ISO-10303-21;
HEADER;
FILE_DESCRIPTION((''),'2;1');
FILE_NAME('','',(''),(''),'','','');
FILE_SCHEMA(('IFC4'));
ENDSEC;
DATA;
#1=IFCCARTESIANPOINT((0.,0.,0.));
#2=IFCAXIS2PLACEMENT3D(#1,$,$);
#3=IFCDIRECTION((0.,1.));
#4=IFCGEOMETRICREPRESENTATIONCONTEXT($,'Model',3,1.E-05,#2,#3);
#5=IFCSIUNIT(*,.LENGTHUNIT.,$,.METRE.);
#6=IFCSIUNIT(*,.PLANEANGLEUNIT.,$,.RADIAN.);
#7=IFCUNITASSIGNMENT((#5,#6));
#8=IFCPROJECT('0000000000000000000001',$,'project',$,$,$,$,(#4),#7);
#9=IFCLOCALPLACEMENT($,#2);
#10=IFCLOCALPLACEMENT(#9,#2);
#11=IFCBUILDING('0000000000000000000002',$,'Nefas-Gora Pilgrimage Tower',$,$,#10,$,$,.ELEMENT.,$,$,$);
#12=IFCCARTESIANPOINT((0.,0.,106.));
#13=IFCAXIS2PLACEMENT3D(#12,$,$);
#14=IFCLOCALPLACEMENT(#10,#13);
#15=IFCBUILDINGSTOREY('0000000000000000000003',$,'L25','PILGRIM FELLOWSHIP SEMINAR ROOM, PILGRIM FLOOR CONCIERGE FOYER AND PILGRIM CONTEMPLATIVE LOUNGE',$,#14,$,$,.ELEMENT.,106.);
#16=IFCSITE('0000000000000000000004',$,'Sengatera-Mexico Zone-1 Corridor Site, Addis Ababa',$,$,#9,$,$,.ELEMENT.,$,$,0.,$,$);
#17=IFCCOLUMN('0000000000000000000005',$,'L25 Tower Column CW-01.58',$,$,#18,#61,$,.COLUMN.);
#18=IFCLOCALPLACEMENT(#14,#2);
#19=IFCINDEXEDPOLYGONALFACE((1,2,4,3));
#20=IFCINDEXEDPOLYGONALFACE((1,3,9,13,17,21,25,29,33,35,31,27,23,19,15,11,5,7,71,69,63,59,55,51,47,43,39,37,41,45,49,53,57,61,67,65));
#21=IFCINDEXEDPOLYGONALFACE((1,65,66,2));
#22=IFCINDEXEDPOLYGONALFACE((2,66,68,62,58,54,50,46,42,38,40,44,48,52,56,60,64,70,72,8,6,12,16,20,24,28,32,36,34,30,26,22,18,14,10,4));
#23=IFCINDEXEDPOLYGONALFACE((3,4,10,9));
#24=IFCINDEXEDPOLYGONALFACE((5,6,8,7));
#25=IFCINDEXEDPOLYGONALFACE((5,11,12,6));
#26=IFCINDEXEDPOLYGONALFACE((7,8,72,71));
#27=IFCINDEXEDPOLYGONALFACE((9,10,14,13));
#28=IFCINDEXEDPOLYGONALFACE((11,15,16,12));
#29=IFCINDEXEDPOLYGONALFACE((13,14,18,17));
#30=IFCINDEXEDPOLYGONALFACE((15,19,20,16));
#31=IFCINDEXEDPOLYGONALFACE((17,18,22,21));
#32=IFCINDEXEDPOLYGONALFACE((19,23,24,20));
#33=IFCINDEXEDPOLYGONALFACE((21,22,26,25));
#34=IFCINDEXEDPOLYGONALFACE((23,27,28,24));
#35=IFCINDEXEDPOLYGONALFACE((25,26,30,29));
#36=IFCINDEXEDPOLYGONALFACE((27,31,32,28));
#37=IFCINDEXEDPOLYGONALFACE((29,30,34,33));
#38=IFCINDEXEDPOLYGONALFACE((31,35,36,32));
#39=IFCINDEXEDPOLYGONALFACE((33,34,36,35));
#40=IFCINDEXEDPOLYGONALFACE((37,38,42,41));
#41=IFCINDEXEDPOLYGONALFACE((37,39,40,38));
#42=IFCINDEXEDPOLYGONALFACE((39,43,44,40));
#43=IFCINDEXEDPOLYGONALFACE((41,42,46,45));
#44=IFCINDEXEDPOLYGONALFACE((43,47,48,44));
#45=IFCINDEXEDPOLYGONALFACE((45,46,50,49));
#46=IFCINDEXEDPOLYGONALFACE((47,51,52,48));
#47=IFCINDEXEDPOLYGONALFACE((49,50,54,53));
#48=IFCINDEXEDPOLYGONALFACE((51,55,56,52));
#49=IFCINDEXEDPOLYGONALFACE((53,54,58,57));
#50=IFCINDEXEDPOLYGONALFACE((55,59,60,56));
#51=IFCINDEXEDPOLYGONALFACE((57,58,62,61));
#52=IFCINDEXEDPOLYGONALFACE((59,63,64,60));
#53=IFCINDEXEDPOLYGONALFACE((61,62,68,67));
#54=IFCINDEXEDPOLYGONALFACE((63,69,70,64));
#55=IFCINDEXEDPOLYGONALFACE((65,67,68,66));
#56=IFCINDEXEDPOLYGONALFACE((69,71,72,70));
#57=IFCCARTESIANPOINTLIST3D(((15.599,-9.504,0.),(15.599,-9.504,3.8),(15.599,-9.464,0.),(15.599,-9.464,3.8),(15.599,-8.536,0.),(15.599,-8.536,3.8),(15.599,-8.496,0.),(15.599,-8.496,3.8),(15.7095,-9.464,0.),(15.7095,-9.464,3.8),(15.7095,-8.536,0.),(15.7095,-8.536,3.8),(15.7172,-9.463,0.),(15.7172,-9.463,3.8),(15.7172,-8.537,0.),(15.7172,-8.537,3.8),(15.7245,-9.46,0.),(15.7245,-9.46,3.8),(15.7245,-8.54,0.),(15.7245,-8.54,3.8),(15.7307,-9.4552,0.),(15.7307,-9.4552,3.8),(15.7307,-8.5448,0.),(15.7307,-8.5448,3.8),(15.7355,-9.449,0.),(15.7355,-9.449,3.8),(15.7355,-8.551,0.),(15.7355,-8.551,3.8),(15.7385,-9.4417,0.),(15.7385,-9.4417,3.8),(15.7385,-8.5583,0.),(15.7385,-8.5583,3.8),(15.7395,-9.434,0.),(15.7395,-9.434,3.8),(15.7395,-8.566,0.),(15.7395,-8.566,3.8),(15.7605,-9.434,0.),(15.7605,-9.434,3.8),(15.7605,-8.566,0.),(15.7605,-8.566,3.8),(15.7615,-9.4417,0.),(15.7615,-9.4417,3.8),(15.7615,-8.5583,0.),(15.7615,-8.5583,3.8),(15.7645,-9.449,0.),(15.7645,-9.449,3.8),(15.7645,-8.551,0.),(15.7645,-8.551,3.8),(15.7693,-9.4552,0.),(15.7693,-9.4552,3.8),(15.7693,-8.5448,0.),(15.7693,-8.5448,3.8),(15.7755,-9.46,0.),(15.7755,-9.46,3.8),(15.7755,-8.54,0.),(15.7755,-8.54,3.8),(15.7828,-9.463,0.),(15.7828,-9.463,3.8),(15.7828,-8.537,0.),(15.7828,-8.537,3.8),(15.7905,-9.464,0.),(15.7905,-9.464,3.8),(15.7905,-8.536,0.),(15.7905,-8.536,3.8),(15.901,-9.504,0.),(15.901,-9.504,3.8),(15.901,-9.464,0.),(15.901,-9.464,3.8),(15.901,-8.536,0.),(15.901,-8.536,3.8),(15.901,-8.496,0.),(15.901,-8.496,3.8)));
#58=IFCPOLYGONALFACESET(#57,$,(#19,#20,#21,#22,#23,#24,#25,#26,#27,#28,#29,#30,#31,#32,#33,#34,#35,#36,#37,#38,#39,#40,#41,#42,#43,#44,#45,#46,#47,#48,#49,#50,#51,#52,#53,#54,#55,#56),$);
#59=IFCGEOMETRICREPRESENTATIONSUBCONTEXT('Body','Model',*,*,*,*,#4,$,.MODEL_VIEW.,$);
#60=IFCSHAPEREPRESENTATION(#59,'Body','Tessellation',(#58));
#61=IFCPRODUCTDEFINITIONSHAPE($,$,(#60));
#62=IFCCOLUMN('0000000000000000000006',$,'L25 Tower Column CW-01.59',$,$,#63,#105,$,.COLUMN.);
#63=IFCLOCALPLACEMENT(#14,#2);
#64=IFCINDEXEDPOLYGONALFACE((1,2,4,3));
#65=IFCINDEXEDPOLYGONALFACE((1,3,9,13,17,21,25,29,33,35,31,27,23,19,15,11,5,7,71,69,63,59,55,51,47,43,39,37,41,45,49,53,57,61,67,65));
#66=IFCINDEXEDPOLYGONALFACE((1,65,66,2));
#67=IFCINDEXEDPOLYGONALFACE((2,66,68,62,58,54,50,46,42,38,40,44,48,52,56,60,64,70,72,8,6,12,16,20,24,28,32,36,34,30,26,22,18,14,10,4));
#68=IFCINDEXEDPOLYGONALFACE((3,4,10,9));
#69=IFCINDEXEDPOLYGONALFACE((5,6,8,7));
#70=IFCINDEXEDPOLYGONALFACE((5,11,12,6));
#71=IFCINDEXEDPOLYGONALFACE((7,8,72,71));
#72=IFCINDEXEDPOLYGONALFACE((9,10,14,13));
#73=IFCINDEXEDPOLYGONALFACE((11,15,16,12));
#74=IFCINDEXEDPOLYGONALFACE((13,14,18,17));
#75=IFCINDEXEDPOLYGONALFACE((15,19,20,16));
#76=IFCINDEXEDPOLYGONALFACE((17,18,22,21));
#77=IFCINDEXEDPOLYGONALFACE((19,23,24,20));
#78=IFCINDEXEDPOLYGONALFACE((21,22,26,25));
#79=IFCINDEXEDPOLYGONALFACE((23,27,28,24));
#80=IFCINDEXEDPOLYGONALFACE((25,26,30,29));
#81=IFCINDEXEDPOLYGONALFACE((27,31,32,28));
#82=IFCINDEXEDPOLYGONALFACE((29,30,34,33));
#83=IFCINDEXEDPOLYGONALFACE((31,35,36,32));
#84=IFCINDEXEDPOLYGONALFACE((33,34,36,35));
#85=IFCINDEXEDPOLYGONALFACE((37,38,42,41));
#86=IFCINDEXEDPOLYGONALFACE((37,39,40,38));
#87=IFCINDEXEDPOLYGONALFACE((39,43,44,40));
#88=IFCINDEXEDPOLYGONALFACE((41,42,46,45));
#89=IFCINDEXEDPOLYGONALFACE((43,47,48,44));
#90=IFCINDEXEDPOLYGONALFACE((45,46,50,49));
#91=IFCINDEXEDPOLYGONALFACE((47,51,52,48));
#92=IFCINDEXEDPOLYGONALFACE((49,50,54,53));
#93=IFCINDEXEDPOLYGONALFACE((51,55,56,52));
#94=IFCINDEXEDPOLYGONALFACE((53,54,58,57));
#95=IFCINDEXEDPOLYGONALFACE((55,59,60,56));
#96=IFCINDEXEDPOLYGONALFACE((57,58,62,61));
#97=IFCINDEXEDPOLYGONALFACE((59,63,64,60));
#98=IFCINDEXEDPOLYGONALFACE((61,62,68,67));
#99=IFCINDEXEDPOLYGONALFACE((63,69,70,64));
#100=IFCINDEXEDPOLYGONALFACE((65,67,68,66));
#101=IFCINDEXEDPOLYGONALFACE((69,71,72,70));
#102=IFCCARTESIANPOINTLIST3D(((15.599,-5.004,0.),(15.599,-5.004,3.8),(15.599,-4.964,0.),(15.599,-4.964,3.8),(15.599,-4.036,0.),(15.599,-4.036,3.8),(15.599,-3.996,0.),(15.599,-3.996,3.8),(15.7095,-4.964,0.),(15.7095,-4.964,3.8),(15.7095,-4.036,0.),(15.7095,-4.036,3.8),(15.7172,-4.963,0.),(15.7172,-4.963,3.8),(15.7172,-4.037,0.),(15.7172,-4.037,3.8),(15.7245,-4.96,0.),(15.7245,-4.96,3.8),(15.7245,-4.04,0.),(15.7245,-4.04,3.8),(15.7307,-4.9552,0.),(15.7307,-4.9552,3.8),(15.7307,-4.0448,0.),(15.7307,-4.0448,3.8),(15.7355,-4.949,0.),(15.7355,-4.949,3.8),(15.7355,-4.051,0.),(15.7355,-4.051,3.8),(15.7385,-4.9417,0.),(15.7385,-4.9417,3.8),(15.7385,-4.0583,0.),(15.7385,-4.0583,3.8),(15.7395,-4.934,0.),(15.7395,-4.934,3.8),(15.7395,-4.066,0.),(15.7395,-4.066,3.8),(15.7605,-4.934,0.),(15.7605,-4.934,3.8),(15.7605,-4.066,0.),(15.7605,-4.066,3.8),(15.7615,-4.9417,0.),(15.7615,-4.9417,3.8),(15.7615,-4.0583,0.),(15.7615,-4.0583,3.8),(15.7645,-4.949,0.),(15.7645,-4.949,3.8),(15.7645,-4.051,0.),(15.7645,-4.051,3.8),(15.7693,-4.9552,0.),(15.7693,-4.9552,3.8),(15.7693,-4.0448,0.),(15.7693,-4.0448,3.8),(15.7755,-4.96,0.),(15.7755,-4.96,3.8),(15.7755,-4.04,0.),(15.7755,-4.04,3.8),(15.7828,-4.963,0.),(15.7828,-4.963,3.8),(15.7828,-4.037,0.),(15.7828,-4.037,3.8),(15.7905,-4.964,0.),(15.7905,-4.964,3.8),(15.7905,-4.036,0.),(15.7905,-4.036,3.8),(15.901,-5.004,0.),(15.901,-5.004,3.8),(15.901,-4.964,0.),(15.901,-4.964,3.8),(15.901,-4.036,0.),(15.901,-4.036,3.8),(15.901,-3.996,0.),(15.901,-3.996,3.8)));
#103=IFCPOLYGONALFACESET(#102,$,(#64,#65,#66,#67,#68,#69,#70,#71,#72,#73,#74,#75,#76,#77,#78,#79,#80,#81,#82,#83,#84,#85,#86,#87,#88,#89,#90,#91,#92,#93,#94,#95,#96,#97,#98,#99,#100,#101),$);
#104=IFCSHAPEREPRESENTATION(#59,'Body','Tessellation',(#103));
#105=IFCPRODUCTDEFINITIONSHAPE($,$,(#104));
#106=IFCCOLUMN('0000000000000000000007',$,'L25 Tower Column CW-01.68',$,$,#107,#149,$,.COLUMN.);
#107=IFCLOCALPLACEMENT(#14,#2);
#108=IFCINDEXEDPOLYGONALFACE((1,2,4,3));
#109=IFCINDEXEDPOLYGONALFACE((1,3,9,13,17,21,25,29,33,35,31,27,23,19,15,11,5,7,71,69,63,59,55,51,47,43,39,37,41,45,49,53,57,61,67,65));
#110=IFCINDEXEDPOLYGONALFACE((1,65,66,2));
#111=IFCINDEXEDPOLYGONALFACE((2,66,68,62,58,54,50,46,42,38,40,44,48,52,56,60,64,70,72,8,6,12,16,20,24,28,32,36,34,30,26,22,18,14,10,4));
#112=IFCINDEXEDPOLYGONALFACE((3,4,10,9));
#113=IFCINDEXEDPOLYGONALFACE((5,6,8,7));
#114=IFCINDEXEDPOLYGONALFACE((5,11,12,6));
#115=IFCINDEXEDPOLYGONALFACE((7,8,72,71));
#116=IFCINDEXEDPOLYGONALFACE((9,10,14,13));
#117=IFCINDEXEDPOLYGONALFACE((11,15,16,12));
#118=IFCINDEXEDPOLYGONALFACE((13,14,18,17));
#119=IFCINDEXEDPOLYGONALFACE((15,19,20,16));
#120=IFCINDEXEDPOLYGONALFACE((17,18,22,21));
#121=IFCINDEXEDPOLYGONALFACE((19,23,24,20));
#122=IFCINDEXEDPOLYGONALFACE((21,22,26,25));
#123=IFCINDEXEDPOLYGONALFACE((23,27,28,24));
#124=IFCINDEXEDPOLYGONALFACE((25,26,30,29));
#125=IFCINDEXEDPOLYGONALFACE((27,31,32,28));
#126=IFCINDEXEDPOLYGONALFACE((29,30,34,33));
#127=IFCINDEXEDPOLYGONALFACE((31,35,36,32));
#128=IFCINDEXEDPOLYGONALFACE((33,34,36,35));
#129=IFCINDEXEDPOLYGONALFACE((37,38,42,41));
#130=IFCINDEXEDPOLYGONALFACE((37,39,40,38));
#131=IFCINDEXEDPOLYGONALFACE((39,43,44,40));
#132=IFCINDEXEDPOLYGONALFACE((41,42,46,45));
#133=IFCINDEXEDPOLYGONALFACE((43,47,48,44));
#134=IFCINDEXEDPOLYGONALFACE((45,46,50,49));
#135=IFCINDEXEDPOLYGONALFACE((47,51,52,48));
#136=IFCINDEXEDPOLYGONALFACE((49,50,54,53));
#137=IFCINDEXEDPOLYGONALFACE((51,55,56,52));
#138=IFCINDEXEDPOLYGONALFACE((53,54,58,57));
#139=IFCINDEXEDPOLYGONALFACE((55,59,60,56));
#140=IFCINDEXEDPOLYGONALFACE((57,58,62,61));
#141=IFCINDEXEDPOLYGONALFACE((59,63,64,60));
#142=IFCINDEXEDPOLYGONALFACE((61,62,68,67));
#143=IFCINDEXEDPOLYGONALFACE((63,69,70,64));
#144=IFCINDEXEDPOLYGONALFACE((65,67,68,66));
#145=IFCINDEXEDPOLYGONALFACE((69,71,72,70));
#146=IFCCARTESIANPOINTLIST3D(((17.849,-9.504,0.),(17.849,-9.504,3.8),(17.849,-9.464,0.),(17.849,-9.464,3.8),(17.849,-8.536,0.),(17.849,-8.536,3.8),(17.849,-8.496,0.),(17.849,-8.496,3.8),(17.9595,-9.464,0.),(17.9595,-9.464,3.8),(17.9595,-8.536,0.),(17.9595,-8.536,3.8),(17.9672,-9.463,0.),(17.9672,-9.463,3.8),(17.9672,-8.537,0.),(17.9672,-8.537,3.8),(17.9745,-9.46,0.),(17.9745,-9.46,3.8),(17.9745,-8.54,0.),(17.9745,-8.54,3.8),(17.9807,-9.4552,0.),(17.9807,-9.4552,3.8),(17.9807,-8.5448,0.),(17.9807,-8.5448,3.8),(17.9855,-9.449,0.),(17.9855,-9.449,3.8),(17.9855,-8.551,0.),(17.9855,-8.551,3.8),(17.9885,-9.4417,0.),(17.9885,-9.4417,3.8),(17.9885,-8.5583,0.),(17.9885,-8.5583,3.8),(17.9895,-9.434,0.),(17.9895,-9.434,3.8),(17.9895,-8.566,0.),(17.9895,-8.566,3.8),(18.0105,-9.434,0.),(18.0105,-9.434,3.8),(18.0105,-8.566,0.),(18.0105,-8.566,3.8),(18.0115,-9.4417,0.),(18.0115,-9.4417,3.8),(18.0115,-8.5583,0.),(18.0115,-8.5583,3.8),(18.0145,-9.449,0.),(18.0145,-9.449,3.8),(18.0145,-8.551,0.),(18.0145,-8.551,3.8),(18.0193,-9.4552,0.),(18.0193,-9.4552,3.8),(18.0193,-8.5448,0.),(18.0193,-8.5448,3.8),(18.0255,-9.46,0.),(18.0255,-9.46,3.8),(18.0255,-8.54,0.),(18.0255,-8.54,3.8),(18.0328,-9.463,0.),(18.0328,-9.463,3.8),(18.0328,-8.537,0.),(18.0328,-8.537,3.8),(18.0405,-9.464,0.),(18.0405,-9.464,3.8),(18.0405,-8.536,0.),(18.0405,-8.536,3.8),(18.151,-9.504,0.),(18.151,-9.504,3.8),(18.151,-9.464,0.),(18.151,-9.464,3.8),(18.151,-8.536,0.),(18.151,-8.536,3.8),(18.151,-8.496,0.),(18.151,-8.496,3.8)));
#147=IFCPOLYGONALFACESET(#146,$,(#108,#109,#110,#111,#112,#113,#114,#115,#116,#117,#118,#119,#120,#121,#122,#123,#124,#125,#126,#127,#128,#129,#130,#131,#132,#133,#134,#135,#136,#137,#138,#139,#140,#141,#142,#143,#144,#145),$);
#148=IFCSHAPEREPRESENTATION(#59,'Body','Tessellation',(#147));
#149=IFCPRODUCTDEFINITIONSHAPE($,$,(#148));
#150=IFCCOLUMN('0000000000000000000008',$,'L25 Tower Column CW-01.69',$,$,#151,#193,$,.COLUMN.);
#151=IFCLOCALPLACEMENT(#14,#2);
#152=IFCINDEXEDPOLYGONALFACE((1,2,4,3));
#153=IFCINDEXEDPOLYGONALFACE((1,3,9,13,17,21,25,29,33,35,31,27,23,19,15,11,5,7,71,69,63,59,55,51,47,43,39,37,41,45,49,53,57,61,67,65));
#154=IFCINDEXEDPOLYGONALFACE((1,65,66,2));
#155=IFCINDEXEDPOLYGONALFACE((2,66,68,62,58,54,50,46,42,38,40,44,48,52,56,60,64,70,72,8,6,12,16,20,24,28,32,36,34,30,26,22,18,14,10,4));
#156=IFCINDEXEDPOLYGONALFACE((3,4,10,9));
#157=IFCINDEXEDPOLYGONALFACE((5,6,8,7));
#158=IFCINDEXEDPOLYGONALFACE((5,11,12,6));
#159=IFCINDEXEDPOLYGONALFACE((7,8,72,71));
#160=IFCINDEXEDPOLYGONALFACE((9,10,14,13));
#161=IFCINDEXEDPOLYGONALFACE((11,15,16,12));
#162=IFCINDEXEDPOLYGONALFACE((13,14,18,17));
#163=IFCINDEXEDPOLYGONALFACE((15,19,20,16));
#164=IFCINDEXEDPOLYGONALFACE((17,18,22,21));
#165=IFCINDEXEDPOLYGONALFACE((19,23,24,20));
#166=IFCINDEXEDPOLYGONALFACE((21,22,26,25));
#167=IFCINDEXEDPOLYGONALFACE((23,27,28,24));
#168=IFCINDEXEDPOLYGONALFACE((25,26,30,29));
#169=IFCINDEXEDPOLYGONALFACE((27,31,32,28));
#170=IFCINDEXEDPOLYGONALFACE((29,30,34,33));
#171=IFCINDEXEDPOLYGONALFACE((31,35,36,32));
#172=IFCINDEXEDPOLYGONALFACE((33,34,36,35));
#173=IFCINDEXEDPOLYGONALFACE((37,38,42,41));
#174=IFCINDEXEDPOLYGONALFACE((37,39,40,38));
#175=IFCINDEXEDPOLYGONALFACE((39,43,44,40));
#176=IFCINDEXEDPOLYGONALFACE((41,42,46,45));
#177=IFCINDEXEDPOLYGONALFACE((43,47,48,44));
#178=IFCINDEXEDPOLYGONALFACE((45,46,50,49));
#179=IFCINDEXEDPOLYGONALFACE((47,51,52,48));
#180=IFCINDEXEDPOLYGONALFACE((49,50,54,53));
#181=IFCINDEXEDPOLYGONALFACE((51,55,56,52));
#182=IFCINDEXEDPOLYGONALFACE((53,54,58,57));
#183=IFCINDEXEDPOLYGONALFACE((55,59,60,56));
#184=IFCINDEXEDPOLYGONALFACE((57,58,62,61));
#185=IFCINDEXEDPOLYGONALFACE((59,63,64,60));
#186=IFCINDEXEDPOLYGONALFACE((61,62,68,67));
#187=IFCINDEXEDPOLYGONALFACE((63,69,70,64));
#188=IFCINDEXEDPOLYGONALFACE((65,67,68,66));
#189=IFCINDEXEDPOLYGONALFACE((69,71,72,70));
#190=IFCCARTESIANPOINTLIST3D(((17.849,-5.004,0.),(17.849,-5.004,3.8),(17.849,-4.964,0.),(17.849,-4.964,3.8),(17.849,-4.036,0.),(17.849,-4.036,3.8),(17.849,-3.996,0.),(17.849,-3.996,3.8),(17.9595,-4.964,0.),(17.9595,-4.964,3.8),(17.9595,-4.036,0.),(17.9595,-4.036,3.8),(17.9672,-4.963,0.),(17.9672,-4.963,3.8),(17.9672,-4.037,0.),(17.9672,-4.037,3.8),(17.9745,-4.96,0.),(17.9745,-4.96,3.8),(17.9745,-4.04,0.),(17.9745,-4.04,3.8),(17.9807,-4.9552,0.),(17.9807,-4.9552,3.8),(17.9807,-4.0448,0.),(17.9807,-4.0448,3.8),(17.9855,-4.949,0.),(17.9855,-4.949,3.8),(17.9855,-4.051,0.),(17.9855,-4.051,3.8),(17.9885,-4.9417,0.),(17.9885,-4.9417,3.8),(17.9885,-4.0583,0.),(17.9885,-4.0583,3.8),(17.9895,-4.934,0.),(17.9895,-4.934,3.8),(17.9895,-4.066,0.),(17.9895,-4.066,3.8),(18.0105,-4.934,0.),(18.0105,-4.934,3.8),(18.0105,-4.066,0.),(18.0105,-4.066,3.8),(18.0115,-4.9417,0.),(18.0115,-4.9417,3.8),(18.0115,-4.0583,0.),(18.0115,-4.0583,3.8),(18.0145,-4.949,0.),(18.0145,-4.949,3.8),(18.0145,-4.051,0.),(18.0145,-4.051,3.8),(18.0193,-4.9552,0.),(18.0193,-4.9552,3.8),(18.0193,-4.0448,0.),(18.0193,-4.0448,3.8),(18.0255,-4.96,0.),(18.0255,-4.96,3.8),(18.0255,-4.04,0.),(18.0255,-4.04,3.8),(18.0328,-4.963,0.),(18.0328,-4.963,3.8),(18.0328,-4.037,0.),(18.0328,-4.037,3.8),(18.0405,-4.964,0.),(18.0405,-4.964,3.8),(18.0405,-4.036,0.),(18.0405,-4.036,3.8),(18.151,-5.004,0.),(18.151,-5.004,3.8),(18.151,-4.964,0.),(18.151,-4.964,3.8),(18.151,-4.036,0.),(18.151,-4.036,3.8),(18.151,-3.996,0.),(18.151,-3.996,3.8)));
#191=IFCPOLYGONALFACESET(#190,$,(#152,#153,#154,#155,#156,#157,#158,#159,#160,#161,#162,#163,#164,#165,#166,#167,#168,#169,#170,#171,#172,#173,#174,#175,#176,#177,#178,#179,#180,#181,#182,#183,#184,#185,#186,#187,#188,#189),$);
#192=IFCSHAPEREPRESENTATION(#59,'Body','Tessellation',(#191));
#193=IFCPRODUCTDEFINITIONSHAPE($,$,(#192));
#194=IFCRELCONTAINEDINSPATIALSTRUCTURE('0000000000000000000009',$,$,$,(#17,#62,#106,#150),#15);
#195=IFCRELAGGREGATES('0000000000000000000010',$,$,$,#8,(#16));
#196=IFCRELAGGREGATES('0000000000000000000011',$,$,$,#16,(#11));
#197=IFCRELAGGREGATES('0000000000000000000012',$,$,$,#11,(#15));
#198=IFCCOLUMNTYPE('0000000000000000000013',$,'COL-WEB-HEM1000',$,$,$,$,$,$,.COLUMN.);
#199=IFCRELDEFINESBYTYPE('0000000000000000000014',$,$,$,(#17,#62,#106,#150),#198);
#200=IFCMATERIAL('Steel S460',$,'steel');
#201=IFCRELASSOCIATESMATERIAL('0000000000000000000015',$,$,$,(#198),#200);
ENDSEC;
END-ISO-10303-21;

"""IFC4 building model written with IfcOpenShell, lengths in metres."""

from ifc_helpers import new_model, si_unit, direction, frame, origin, origin_2d, place, context, subcontext, project, spatial, i_section, extrude, source, transform, mapped, material, material_profile, profile_set, type_object, element, save


model = new_model("IFC4")

# Units and contexts
model_context = context("Model", 3, precision=1e-05, world=origin(), true_north=direction((0.0, 1.0)))
body_context = subcontext(model_context, "Body", "Model", "MODEL_VIEW")
ifc_project = project(units=[si_unit("LENGTHUNIT", "METRE"), si_unit("PLANEANGLEUNIT", "RADIAN")], contexts=[model_context])

# Site, building, storey
site_placement = place(None, origin())
site = spatial("IfcSite", under=ifc_project, at=site_placement, Name="Sengatera-Mexico Zone-1 Corridor Site, Addis Ababa", CompositionType="ELEMENT", RefElevation=0.0)
building_placement = place(site_placement, origin())
building = spatial("IfcBuilding", under=site, at=building_placement, Name="Nefas-Gora Pilgrimage Tower", CompositionType="ELEMENT")
storey_placement = place(building_placement, frame((0.0, 0.0, 106.0)))
storey = spatial("IfcBuildingStorey", under=building, at=storey_placement, Name="L25", Description="PILGRIM FELLOWSHIP SEMINAR ROOM, PILGRIM FLOOR CONCIERGE FOYER AND PILGRIM CONTEMPLATIVE LOUNGE", CompositionType="ELEMENT", Elevation=106.0)

# Columns
ifc_material_1 = material(Name="Steel S460", Category="steel")
ifc_material_profile_1 = material_profile(ifc_material_1, i_section(OverallWidth=0.302, OverallDepth=1.0081, WebThickness=0.021, FlangeThickness=0.04, FilletRadius=0.03, at=origin_2d()), Name="HEM 1000")
ifc_profile_set_1 = profile_set([ifc_material_profile_1], Name="Steel S460")
column_type_1 = type_object("IfcColumnType", Name="COL-WEB-HEM1000", PredefinedType="COLUMN", material=ifc_profile_set_1)
shared_shape_1 = source(origin(), body_context, "Body", "SweptSolid", [
    extrude(i_section(OverallWidth=0.302, OverallDepth=1.0081, WebThickness=0.021, FlangeThickness=0.04, FilletRadius=0.03, at=origin_2d()), origin(), (0.0, 0.0, 1.0), 3.8),
])
for number, where, z_axis, x_axis, name in (
    (1, (15.75, -9.0, 0.0), (0.0, 0.0, 1.0), (1.0, 0.0, 0.0), "L25 Tower Column CW-01.58"),
    (2, (15.75, -4.5, 0.0), (0.0, 0.0, 1.0), (1.0, 0.0, 0.0), "L25 Tower Column CW-01.59"),
    (3, (18.0, -9.0, 0.0), (0.0, 0.0, 1.0), (1.0, 0.0, 0.0), "L25 Tower Column CW-01.68"),
    (4, (18.0, -4.5, 0.0), (0.0, 0.0, 1.0), (1.0, 0.0, 0.0), "L25 Tower Column CW-01.69"),
):
    element("IfcColumn", number, at=place(storey_placement, frame(where, z_axis=z_axis, x_axis=x_axis)), inside=storey, type_object=column_type_1, Name=name, PredefinedType="COLUMN", context=body_context, shape_type="MappedRepresentation", body=[
        mapped(shared_shape_1, transform((0.0, 0.0, 0.0), x_axis=(1.0, 0.0, 0.0), y_axis=(0.0, 1.0, 0.0), z_axis=(0.0, 0.0, 1.0), scale=1.0)),
    ])

save(model, "model.ifc")
